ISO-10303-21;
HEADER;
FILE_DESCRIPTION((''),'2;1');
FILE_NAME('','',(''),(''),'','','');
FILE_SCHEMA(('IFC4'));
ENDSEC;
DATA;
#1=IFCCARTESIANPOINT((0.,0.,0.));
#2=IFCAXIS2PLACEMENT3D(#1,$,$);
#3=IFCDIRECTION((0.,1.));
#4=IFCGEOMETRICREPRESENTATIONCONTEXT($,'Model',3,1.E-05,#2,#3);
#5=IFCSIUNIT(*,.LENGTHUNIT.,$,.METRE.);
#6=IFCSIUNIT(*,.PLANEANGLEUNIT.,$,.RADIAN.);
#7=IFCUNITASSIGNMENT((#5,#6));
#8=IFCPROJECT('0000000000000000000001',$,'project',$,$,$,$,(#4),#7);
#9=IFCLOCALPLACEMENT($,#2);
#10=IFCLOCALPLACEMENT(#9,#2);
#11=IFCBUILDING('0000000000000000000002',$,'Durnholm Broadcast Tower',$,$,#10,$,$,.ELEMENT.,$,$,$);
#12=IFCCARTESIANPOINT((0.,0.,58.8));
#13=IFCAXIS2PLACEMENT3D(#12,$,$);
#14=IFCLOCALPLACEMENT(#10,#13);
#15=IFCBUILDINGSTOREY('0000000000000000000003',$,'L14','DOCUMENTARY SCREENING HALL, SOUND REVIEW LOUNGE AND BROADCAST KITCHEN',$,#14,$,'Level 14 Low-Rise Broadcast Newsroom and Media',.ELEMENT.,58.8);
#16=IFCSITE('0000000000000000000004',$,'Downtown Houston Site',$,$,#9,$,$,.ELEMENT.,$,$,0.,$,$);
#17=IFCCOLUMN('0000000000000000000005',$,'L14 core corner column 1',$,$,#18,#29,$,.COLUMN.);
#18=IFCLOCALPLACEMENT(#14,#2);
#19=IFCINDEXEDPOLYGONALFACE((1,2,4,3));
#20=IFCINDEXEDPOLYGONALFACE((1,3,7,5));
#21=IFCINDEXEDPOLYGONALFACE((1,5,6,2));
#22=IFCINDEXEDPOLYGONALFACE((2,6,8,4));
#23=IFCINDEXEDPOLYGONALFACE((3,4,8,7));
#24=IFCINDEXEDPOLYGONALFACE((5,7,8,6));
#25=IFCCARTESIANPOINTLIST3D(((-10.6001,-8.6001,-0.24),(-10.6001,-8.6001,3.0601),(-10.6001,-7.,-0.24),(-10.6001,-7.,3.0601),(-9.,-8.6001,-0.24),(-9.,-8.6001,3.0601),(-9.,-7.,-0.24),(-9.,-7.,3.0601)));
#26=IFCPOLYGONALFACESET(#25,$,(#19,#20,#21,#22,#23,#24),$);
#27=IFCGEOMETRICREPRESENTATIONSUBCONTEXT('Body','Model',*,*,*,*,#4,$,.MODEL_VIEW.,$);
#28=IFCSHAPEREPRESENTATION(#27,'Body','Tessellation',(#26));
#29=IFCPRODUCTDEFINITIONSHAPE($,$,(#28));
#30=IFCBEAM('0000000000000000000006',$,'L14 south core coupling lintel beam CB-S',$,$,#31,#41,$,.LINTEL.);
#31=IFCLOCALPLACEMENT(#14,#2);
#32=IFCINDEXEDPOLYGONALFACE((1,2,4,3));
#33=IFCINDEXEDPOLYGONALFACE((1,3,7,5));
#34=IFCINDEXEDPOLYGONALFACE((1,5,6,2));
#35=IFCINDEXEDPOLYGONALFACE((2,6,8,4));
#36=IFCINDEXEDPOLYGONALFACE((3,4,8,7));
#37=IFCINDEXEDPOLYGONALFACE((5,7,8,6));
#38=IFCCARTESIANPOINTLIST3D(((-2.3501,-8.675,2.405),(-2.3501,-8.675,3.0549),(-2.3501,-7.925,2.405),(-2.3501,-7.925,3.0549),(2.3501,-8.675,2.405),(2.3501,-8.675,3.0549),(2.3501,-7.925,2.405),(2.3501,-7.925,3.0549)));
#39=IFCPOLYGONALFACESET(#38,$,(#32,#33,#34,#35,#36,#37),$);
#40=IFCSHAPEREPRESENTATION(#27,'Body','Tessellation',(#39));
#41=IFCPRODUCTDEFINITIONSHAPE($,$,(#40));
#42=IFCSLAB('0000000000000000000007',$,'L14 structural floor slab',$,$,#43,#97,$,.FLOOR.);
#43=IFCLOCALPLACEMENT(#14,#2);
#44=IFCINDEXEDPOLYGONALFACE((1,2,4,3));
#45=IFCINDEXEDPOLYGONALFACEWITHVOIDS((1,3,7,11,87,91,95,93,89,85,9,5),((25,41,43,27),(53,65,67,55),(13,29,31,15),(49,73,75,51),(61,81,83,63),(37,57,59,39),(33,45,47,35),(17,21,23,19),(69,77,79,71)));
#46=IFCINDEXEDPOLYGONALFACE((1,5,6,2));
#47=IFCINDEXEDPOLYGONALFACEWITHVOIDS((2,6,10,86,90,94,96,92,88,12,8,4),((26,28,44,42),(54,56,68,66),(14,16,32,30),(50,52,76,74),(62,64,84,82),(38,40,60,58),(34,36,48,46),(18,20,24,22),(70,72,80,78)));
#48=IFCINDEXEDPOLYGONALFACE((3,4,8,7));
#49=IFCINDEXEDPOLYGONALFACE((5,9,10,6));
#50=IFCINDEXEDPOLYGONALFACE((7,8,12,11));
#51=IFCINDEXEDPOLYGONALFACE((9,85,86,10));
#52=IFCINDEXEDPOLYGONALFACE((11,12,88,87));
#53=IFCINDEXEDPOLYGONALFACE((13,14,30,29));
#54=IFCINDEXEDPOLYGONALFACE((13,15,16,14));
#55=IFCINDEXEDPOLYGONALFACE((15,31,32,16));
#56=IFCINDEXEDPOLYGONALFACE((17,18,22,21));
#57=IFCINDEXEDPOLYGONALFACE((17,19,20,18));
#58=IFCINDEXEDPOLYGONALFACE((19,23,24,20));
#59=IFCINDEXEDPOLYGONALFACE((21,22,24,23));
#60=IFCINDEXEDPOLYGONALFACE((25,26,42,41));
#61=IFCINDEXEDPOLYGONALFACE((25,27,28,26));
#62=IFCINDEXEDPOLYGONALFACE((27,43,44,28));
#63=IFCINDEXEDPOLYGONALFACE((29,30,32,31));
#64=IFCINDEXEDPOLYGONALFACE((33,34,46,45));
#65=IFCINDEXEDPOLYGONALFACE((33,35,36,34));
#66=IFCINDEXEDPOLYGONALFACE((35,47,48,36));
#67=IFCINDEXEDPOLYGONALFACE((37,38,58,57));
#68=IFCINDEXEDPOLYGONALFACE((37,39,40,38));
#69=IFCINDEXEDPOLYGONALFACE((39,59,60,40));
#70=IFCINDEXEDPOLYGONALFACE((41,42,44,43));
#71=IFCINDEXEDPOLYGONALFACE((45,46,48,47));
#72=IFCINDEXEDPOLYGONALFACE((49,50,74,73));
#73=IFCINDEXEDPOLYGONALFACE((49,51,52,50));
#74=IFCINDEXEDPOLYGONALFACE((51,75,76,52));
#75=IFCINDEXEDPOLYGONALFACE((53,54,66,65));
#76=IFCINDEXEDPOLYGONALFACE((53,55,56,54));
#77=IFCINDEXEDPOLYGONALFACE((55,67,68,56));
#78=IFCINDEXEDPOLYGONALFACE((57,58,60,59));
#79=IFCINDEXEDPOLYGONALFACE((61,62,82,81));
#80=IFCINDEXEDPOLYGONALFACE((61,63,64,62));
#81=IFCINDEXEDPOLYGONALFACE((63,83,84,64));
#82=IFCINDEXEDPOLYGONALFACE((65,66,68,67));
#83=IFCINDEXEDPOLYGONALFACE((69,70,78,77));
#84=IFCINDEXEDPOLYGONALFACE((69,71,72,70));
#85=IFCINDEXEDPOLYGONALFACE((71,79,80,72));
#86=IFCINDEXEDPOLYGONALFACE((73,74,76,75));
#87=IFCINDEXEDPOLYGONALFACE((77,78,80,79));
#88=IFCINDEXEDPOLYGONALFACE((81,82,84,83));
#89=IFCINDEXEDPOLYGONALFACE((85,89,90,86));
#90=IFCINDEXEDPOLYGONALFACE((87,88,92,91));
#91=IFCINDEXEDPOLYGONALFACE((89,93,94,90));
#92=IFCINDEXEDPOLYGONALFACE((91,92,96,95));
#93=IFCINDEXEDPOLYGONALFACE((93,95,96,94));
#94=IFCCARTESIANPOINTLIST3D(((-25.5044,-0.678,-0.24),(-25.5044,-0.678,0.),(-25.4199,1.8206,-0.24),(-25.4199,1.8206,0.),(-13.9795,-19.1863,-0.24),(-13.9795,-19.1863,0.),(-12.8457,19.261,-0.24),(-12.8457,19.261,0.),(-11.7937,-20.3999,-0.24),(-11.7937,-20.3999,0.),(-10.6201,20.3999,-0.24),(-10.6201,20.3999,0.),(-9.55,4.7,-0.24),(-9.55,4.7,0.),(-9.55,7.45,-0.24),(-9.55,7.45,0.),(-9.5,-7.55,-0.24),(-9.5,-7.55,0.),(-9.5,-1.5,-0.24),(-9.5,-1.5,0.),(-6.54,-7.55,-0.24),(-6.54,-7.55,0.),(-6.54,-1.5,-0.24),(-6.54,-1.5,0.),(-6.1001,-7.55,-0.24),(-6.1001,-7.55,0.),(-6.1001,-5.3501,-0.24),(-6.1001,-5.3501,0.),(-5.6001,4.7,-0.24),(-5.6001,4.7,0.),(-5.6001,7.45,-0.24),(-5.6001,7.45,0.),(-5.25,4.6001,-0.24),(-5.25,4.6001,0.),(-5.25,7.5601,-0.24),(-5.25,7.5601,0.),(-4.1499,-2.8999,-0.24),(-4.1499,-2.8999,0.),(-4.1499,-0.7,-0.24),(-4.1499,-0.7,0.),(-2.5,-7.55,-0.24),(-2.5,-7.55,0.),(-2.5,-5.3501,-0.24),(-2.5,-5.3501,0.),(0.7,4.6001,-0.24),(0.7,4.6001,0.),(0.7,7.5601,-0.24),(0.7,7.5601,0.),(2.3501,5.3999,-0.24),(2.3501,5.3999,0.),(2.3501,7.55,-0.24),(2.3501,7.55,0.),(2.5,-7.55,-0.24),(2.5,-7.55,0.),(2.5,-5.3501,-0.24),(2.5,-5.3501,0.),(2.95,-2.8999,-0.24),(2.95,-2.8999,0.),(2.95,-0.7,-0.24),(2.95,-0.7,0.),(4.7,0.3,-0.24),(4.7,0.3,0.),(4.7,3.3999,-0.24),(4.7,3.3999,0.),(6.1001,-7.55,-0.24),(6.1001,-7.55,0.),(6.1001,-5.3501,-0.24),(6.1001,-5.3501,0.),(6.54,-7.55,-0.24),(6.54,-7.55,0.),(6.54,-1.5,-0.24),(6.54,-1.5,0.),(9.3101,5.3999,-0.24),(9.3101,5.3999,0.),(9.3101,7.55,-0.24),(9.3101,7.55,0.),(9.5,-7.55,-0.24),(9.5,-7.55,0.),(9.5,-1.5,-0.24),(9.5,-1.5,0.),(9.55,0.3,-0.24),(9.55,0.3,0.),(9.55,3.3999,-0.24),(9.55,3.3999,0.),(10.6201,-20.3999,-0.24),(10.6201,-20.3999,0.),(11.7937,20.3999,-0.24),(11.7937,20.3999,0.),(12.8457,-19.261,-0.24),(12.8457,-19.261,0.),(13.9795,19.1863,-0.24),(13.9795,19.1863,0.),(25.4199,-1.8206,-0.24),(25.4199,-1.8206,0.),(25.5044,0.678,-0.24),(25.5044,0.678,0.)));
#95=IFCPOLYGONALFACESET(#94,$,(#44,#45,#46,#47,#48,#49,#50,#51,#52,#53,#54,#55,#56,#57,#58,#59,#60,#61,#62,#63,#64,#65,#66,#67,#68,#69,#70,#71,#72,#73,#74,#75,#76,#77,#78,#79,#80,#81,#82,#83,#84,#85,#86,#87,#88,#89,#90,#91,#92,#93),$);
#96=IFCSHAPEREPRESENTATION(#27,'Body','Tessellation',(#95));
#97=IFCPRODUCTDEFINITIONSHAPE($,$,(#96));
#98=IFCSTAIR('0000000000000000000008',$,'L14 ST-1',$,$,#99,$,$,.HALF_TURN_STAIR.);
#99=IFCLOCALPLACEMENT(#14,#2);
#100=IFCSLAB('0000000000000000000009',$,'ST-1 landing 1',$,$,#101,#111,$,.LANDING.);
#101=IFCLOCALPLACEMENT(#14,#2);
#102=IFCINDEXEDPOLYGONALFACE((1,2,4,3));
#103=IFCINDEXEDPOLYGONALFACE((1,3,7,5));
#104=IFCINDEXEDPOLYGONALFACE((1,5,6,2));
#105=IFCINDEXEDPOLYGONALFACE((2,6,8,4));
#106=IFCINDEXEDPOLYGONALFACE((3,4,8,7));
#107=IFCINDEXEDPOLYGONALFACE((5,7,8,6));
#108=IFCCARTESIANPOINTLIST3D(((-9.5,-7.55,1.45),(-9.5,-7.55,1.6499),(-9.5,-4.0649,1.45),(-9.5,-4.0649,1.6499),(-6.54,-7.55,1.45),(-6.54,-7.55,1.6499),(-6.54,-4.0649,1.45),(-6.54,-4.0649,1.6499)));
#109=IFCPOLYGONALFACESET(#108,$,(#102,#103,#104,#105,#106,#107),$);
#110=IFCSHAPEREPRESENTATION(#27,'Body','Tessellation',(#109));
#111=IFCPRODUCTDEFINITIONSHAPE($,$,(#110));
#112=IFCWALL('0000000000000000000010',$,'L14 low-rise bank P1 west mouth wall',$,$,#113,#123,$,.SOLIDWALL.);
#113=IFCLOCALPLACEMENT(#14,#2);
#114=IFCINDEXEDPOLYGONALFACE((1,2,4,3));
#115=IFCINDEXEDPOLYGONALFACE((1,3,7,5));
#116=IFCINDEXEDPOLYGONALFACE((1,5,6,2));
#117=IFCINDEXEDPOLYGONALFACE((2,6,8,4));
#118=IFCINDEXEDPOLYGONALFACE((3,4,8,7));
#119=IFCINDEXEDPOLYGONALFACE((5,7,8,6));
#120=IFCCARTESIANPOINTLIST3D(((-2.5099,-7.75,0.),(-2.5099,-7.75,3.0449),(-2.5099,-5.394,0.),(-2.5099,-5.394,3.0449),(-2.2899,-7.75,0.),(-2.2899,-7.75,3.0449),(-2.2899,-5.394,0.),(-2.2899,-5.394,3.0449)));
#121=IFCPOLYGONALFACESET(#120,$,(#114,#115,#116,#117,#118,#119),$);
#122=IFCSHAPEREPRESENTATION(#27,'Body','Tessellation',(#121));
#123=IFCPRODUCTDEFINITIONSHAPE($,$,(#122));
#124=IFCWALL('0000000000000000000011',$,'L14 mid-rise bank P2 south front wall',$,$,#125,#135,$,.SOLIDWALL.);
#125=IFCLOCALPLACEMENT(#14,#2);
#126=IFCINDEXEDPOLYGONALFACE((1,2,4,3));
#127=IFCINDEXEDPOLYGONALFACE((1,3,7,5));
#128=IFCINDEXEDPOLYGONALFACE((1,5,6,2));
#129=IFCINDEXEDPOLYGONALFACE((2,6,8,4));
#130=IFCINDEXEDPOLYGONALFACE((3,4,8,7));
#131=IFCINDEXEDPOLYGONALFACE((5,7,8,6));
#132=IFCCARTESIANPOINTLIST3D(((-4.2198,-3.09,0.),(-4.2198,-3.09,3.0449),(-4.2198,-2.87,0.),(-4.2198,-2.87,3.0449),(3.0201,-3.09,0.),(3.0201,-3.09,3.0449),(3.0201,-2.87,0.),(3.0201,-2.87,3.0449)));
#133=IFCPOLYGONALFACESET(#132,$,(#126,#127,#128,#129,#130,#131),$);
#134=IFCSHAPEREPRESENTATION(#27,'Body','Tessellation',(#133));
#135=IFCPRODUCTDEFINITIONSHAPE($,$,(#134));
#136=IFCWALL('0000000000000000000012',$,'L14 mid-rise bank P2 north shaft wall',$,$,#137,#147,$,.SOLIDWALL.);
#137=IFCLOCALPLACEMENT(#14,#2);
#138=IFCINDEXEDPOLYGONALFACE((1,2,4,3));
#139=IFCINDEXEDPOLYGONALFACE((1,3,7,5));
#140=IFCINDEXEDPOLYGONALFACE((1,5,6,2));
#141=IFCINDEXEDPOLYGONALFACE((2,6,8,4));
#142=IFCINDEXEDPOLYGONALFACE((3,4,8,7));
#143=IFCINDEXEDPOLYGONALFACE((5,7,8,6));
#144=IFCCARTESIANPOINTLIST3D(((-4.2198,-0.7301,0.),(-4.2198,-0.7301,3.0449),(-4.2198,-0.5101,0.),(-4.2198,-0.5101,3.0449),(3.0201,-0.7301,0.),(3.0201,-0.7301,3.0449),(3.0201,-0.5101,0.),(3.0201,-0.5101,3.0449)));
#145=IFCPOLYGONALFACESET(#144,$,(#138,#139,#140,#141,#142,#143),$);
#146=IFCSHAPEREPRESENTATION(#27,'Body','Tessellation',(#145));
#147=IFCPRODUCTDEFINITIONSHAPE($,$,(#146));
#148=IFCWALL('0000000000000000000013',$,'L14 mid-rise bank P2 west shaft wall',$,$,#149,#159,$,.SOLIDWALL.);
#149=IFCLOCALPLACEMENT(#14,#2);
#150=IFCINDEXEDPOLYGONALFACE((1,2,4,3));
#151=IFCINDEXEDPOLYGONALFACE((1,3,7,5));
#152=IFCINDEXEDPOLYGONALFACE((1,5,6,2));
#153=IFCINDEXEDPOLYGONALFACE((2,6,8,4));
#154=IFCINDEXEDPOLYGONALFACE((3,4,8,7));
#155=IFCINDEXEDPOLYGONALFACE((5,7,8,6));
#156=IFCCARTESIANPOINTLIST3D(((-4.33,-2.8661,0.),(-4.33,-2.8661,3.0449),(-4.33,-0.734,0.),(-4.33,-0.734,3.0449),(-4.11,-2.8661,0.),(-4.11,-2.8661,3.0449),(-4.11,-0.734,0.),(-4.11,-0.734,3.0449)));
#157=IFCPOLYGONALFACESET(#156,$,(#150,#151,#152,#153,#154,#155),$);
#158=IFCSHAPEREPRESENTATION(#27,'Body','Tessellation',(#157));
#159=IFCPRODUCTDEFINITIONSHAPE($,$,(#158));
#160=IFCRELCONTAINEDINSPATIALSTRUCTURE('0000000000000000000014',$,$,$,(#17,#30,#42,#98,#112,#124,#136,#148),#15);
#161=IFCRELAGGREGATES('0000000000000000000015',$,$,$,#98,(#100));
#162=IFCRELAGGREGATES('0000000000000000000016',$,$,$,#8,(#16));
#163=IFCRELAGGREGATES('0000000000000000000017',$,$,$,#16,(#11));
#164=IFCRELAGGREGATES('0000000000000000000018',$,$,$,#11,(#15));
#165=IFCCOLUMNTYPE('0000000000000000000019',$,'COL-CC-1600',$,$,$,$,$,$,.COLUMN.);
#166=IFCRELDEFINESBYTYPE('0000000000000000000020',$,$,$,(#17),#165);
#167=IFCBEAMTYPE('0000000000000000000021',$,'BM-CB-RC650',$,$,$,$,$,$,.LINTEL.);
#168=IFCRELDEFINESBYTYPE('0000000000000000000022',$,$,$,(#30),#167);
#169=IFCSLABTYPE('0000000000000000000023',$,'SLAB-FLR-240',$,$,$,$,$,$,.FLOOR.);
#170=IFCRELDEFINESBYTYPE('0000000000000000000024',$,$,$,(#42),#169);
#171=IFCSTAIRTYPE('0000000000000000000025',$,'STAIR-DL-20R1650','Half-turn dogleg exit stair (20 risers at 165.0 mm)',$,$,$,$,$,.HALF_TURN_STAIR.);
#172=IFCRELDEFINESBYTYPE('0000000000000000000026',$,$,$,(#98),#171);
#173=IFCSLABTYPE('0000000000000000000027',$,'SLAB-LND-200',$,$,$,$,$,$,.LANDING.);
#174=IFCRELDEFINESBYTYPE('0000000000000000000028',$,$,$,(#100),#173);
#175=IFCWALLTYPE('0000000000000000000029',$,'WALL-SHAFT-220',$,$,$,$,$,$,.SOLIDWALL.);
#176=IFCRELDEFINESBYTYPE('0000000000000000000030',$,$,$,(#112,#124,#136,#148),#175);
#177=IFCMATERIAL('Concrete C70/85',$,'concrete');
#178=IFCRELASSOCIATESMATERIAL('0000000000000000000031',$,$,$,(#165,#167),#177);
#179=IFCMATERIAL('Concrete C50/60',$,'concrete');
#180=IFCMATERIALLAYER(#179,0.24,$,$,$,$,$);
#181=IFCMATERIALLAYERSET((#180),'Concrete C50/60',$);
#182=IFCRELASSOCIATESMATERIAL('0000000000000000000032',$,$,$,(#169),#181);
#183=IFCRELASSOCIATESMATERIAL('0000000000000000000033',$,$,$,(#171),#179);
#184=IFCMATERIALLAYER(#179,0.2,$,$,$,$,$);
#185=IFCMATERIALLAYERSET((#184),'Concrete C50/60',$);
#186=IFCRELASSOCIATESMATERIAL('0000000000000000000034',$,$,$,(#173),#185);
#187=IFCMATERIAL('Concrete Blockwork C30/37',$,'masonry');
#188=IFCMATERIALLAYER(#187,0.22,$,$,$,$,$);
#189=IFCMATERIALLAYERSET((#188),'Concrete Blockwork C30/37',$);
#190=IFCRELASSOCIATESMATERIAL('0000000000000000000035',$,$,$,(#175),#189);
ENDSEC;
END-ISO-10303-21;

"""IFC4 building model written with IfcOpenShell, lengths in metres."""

from ifc_helpers import new_model, si_unit, direction, frame, frame_2d, origin, origin_2d, place, context, subcontext, project, spatial, polyline, rectangle, outline, extrude, source, transform, mapped, material, layer, layer_set, material_profile, profile_set, type_object, type_shapes, element, aggregate, save


model = new_model("IFC4")

# Units and contexts
model_context = context("Model", 3, precision=1e-05, world=origin(), true_north=direction((0.0, 1.0)))
body_context = subcontext(model_context, "Body", "Model", "MODEL_VIEW")
ifc_project = project(units=[si_unit("LENGTHUNIT", "METRE"), si_unit("PLANEANGLEUNIT", "RADIAN")], contexts=[model_context])

# Site, building, storey
site_placement = place(None, origin())
site = spatial("IfcSite", under=ifc_project, at=site_placement, Name="Downtown Houston Site", CompositionType="ELEMENT", RefElevation=0.0)
building_placement = place(site_placement, origin())
building = spatial("IfcBuilding", under=site, at=building_placement, Name="Durnholm Broadcast Tower", CompositionType="ELEMENT")
storey_placement = place(building_placement, frame((0.0, 0.0, 58.8)))
storey = spatial("IfcBuildingStorey", under=building, at=storey_placement, Name="L14", Description="DOCUMENTARY SCREENING HALL, SOUND REVIEW LOUNGE AND BROADCAST KITCHEN", LongName="Level 14 Low-Rise Broadcast Newsroom and Media", CompositionType="ELEMENT", Elevation=58.8)

# Column
ifc_material_1 = material(Name="Concrete C70/85", Category="concrete")
ifc_material_profile_1 = material_profile(ifc_material_1, rectangle(XDim=1.6001, YDim=1.6001, at=origin_2d()), Name="RC1600X1600")
ifc_profile_set_1 = profile_set([ifc_material_profile_1], Name="Concrete C70/85")
column_type = type_object("IfcColumnType", Name="COL-CC-1600", PredefinedType="COLUMN", material=ifc_profile_set_1)
shared_shape_1 = source(origin(), body_context, "Body", "SweptSolid", [
    extrude(rectangle(XDim=1.6001, YDim=1.6001, at=origin_2d()), origin(), (0.0, 0.0, 1.0), 3.3),
])
type_shapes(column_type, [shared_shape_1])
column_placement = place(storey_placement, frame((-9.8, -7.8, -0.24), z_axis=(0.0, 0.0, 1.0), x_axis=(1.0, 0.0, 0.0)))
element("IfcColumn", 1, at=column_placement, inside=storey, type_object=column_type, Name="L14 core corner column 1", PredefinedType="COLUMN", context=body_context, shape_type="MappedRepresentation", body=[
    mapped(shared_shape_1, transform((0.0, 0.0, 0.0), x_axis=(1.0, 0.0, 0.0), y_axis=(0.0, 1.0, 0.0), z_axis=(0.0, 0.0, 1.0), scale=1.0)),
])

# Beam
ifc_material_profile_2 = material_profile(ifc_material_1, rectangle(XDim=0.75, YDim=0.6499, at=origin_2d()), Name="RC750X650")
ifc_profile_set_2 = profile_set([ifc_material_profile_2], Name="Concrete C70/85")
beam_type = type_object("IfcBeamType", Name="BM-CB-RC650", PredefinedType="LINTEL", material=ifc_profile_set_2)
shared_shape_2 = source(origin(), body_context, "Body", "SweptSolid", [
    extrude(rectangle(XDim=0.75, YDim=0.6499, at=origin_2d()), origin(), (0.0, 0.0, 1.0), 4.7002),
])
type_shapes(beam_type, [shared_shape_2])
beam_placement = place(storey_placement, frame((-2.3501, -8.3, 2.73), z_axis=(1.0, 0.0, 0.0), x_axis=(0.0, 1.0, 0.0)))
element("IfcBeam", 2, at=beam_placement, inside=storey, type_object=beam_type, Name="L14 south core coupling lintel beam CB-S", PredefinedType="LINTEL", context=body_context, shape_type="MappedRepresentation", body=[
    mapped(shared_shape_2, transform((0.0, 0.0, 0.0), x_axis=(1.0, 0.0, 0.0), y_axis=(0.0, 1.0, 0.0), z_axis=(0.0, 0.0, 1.0), scale=1.0)),
])

# Slab
ifc_material_2 = material(Name="Concrete C50/60", Category="concrete")
ifc_layer_1 = layer(ifc_material_2, 0.24)
ifc_layer_set_1 = layer_set([ifc_layer_1], Name="Concrete C50/60")
slab_type_1 = type_object("IfcSlabType", Name="SLAB-FLR-240", PredefinedType="FLOOR", material=ifc_layer_set_1)
slab_1_placement = place(storey_placement, frame((0.0, 0.0, -0.24)))
element("IfcSlab", 3, at=slab_1_placement, inside=storey, type_object=slab_type_1, Name="L14 structural floor slab", PredefinedType="FLOOR", context=body_context, shape_type="SweptSolid", body=[
    extrude(outline(polyline([(-13.9795, -19.1863), (-11.7937, -20.3999), (10.6201, -20.3999), (12.8457, -19.261), (25.4199, -1.8206), (25.5044, 0.678), (13.9795, 19.1863), (11.7937, 20.3999), (-10.6201, 20.3999), (-12.8457, 19.261), (-25.4199, 1.8206), (-25.5044, -0.678), (-13.9795, -19.1863)]), holes=[polyline([(-2.5, -5.3501), (-6.1001, -5.3501), (-6.1001, -7.55), (-2.5, -7.55), (-2.5, -5.3501)]), polyline([(6.1001, -5.3501), (2.5, -5.3501), (2.5, -7.55), (6.1001, -7.55), (6.1001, -5.3501)]), polyline([(-6.54, -7.55), (-6.54, -1.5), (-9.5, -1.5), (-9.5, -7.55), (-6.54, -7.55)]), polyline([(9.5, -7.55), (9.5, -1.5), (6.54, -1.5), (6.54, -7.55), (9.5, -7.55)]), polyline([(2.95, -0.7), (-4.1499, -0.7), (-4.1499, -2.8999), (2.95, -2.8999), (2.95, -0.7)]), polyline([(9.55, 3.3999), (4.7, 3.3999), (4.7, 0.3), (9.55, 0.3), (9.55, 3.3999)]), polyline([(-5.6001, 7.45), (-9.55, 7.45), (-9.55, 4.7), (-5.6001, 4.7), (-5.6001, 7.45)]), polyline([(-5.25, 7.5601), (-5.25, 4.6001), (0.7, 4.6001), (0.7, 7.5601), (-5.25, 7.5601)]), polyline([(9.3101, 5.3999), (9.3101, 7.55), (2.3501, 7.55), (2.3501, 5.3999), (9.3101, 5.3999)])]), origin(), (0.0, 0.0, 1.0), 0.24),
])

# Stair, slab
stair_type = type_object("IfcStairType", Name="STAIR-DL-20R1650", Description="Half-turn dogleg exit stair (20 risers at 165.0 mm)", PredefinedType="HALF_TURN_STAIR", material=ifc_material_2)
stair_placement = place(storey_placement, origin())
stair = element("IfcStair", 4, at=stair_placement, inside=storey, type_object=stair_type, Name="L14 ST-1", PredefinedType="HALF_TURN_STAIR")
ifc_layer_2 = layer(ifc_material_2, 0.2)
ifc_layer_set_2 = layer_set([ifc_layer_2], Name="Concrete C50/60")
slab_type_2 = type_object("IfcSlabType", Name="SLAB-LND-200", PredefinedType="LANDING", material=ifc_layer_set_2)
slab_2_placement = place(storey_placement, frame((0.0, 0.0, 1.45)))
slab_2 = element("IfcSlab", 5, at=slab_2_placement, type_object=slab_type_2, Name="ST-1 landing 1", PredefinedType="LANDING", context=body_context, shape_type="SweptSolid", body=[
    extrude(outline(polyline([(-9.5, -4.0649), (-9.5, -7.55), (-6.54, -7.55), (-6.54, -4.0649), (-9.5, -4.0649)])), origin(), (0.0, 0.0, 1.0), 0.2),
])

# Shared definitions
ifc_material_3 = material(Name="Concrete Blockwork C30/37", Category="masonry")
ifc_layer_3 = layer(ifc_material_3, 0.22)
ifc_layer_set_3 = layer_set([ifc_layer_3], Name="Concrete Blockwork C30/37")
wall_type_1 = type_object("IfcWallType", Name="WALL-SHAFT-220", PredefinedType="SOLIDWALL", material=ifc_layer_set_3)

# Walls
wall_1_placement = place(storey_placement, frame((-2.3999, -7.75, 0.0), z_axis=(0.0, 0.0, 1.0), x_axis=(0.0, 1.0, 0.0)))
element("IfcWall", 6, at=wall_1_placement, inside=storey, type_object=wall_type_1, Name="L14 low-rise bank P1 west mouth wall", PredefinedType="SOLIDWALL", context=body_context, shape_type="SweptSolid", body=[
    extrude(rectangle(XDim=2.356, YDim=0.22, at=frame_2d((1.178, 0.0))), origin(), (0.0, 0.0, 1.0), 3.0449),
])
for number, where, z_axis, x_axis, name in (
    (7, (-4.22, -2.98, 0.0), (0.0, 0.0, 1.0), (1.0, 0.0, 0.0), "L14 mid-rise bank P2 south front wall"),
    (8, (-4.22, -0.6201, 0.0), (0.0, 0.0, 1.0), (1.0, 0.0, 0.0), "L14 mid-rise bank P2 north shaft wall"),
):
    element("IfcWall", number, at=place(storey_placement, frame(where, z_axis=z_axis, x_axis=x_axis)), inside=storey, type_object=wall_type_1, Name=name, PredefinedType="SOLIDWALL", context=body_context, shape_type="SweptSolid", body=[
        extrude(rectangle(XDim=7.24, YDim=0.22, at=frame_2d((3.6201, 0.0))), origin(), (0.0, 0.0, 1.0), 3.0449),
    ])
wall_2_placement = place(storey_placement, frame((-4.22, -2.866, 0.0), z_axis=(0.0, 0.0, 1.0), x_axis=(0.0, 1.0, 0.0)))
element("IfcWall", 9, at=wall_2_placement, inside=storey, type_object=wall_type_1, Name="L14 mid-rise bank P2 west shaft wall", PredefinedType="SOLIDWALL", context=body_context, shape_type="SweptSolid", body=[
    extrude(rectangle(XDim=2.1321, YDim=0.22, at=frame_2d((1.0659, 0.0))), origin(), (0.0, 0.0, 1.0), 3.0449),
])

aggregate(stair, [slab_2])

save(model, "model.ifc")
